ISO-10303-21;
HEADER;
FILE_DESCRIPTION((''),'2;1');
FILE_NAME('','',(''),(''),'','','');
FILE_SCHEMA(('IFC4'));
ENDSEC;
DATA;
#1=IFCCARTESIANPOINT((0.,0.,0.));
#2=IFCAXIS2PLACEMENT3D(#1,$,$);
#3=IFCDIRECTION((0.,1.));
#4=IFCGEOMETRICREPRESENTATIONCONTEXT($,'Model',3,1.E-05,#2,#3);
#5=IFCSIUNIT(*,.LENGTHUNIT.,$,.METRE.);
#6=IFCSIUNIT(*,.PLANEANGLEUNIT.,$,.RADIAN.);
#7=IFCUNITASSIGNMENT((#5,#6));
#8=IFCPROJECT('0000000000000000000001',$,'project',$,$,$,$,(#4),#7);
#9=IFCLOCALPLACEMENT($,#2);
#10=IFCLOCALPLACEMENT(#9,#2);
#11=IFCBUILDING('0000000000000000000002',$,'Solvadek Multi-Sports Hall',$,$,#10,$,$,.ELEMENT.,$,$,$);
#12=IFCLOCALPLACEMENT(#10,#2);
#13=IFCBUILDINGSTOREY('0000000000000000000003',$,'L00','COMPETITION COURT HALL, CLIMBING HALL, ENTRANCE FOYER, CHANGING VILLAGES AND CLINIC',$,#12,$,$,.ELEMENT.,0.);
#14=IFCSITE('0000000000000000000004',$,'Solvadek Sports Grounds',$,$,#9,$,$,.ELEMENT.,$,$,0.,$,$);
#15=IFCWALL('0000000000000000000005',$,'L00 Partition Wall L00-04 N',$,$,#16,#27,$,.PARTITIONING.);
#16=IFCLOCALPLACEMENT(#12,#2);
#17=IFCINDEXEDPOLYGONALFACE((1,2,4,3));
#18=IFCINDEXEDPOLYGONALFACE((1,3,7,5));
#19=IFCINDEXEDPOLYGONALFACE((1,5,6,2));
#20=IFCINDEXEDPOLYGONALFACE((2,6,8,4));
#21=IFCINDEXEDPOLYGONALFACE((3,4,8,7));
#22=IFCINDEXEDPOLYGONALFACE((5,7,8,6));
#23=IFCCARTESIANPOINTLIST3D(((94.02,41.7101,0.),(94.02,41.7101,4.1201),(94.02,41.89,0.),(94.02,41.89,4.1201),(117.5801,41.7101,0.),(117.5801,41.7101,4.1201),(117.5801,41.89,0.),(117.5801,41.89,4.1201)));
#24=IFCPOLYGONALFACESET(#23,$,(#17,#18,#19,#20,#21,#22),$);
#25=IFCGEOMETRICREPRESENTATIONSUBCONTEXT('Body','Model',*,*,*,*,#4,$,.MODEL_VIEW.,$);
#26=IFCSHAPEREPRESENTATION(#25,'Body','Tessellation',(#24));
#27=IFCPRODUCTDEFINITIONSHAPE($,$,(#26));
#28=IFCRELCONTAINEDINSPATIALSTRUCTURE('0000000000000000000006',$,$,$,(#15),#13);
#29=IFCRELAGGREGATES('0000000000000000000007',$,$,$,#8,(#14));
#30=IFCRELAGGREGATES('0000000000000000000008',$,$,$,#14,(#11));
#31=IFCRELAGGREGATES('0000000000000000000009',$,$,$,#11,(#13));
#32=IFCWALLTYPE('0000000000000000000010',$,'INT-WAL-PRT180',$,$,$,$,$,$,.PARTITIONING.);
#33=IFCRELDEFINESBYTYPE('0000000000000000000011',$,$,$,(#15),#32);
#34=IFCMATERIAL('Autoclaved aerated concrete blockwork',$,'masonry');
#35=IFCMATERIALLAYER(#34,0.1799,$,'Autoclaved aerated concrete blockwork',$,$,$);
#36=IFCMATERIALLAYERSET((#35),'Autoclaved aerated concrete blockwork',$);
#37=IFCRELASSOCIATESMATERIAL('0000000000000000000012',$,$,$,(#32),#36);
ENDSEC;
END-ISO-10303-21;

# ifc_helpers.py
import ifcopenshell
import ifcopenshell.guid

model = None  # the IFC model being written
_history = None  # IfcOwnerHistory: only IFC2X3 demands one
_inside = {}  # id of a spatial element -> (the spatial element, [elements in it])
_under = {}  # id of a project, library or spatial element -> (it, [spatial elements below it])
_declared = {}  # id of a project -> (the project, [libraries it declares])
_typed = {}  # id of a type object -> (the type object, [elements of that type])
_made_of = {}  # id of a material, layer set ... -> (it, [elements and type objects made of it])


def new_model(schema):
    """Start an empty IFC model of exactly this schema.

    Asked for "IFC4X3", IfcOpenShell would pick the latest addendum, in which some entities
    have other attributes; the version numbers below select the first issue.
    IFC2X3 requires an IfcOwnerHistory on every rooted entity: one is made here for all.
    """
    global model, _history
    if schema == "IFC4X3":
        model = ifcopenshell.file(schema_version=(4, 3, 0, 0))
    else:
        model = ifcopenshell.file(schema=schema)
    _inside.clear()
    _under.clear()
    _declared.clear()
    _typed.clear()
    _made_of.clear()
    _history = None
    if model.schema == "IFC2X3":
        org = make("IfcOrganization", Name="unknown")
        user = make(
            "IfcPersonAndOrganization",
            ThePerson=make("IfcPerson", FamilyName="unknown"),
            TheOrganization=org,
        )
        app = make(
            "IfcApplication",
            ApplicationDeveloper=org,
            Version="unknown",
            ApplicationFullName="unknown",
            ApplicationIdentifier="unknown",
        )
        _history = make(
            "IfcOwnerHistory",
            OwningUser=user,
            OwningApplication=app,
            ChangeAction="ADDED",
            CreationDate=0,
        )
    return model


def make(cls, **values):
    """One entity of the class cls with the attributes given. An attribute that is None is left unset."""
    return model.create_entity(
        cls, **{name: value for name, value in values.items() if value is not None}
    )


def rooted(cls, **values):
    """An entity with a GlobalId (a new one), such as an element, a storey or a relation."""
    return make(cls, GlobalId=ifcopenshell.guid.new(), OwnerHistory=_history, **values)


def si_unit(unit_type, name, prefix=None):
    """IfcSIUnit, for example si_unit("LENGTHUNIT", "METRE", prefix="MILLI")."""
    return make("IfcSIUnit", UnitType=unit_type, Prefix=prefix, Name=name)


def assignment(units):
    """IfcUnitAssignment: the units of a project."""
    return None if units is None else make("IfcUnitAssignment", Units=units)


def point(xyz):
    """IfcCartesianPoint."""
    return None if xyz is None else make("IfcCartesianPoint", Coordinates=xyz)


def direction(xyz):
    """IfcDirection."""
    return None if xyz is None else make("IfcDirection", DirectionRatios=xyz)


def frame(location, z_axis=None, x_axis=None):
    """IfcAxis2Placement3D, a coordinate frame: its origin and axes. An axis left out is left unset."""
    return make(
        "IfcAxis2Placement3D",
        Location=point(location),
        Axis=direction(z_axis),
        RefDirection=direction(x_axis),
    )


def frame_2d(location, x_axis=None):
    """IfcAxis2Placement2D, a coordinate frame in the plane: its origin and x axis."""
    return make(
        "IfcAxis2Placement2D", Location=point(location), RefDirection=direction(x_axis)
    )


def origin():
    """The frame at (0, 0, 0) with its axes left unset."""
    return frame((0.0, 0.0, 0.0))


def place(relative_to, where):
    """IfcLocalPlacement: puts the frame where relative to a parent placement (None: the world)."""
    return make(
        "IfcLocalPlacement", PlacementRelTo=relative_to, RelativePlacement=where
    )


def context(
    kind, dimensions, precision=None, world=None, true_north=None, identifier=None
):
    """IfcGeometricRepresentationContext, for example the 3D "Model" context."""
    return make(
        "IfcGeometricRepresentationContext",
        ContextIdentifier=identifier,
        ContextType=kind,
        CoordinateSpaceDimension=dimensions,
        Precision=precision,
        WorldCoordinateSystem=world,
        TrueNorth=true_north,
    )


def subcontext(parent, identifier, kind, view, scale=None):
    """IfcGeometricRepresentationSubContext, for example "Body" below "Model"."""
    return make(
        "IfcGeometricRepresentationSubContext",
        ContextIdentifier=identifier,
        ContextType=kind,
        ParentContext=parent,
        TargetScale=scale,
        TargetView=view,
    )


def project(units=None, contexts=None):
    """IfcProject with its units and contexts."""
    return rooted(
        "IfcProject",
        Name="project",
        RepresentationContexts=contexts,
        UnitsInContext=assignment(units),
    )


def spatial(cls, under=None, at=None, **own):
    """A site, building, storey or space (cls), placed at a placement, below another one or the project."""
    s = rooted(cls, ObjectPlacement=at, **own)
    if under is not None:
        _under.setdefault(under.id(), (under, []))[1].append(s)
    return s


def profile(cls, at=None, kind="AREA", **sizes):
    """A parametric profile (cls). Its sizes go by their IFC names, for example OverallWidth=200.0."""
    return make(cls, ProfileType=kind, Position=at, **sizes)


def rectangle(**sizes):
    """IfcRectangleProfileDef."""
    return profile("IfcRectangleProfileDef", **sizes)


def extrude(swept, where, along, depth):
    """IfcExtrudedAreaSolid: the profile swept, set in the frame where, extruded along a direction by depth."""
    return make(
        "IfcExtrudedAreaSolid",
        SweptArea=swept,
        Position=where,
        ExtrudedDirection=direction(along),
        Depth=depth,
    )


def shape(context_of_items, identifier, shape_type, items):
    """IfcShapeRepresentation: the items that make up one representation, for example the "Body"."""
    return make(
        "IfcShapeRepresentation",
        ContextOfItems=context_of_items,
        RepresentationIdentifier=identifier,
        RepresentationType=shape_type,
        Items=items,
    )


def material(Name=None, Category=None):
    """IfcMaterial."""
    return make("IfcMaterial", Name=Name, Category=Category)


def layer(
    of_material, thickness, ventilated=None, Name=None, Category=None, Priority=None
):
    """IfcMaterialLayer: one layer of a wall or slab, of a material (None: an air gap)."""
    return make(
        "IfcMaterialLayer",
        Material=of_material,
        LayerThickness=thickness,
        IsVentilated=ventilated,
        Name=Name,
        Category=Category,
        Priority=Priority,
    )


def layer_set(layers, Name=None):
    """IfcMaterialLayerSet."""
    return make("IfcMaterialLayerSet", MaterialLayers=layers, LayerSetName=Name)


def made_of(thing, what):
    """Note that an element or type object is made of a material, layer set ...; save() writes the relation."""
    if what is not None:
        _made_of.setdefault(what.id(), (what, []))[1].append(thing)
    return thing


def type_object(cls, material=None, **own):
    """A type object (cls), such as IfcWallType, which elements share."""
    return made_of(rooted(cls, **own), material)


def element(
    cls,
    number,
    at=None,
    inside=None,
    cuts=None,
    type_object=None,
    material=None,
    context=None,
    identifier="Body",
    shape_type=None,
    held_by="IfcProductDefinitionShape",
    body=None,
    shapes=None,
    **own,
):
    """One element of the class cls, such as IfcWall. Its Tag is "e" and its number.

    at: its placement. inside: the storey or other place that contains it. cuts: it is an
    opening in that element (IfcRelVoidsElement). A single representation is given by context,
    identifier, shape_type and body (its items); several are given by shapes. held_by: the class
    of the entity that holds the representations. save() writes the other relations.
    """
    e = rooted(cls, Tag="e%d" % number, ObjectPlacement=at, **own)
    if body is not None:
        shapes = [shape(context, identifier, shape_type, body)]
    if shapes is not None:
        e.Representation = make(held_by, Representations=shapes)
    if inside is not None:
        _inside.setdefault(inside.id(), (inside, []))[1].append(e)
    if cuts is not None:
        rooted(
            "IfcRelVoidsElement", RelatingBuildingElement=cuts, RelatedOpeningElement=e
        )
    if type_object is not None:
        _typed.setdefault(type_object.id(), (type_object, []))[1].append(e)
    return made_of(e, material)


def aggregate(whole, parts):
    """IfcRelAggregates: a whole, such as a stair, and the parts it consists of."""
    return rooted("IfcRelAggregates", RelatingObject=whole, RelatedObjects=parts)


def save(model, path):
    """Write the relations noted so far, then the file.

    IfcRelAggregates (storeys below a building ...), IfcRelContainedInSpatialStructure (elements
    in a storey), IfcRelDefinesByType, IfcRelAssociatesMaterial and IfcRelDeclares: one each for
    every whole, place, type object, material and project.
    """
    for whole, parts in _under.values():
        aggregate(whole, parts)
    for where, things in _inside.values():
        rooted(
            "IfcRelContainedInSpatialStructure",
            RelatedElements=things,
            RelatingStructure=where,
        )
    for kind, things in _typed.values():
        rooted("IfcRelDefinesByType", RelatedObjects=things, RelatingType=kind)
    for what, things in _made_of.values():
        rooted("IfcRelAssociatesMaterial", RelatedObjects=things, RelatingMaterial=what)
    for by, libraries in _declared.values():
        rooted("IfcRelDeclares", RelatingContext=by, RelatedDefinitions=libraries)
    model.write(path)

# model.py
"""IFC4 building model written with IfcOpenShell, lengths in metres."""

from ifc_helpers import new_model, si_unit, direction, frame, frame_2d, origin, place, context, subcontext, project, spatial, rectangle, extrude, material, layer, layer_set, type_object, element, save


model = new_model("IFC4")

# Units and contexts
model_context = context("Model", 3, precision=1e-05, world=origin(), true_north=direction((0.0, 1.0)))
body_context = subcontext(model_context, "Body", "Model", "MODEL_VIEW")
ifc_project = project(units=[si_unit("LENGTHUNIT", "METRE"), si_unit("PLANEANGLEUNIT", "RADIAN")], contexts=[model_context])

# Site, building, storey
site_placement = place(None, origin())
site = spatial("IfcSite", under=ifc_project, at=site_placement, Name="Solvadek Sports Grounds", CompositionType="ELEMENT", RefElevation=0.0)
building_placement = place(site_placement, origin())
building = spatial("IfcBuilding", under=site, at=building_placement, Name="Solvadek Multi-Sports Hall", CompositionType="ELEMENT")
storey_placement = place(building_placement, origin())
storey = spatial("IfcBuildingStorey", under=building, at=storey_placement, Name="L00", Description="COMPETITION COURT HALL, CLIMBING HALL, ENTRANCE FOYER, CHANGING VILLAGES AND CLINIC", CompositionType="ELEMENT", Elevation=0.0)

# Shared definitions
ifc_material_1 = material(Name="Autoclaved aerated concrete blockwork", Category="masonry")
ifc_layer = layer(ifc_material_1, 0.1799, Name="Autoclaved aerated concrete blockwork")
ifc_layer_set = layer_set([ifc_layer], Name="Autoclaved aerated concrete blockwork")
wall_type = type_object("IfcWallType", Name="INT-WAL-PRT180", PredefinedType="PARTITIONING", material=ifc_layer_set)

# Wall
wall_1_placement = place(storey_placement, frame((94.02, 41.8, 0.0), z_axis=(0.0, 0.0, 1.0), x_axis=(1.0, 0.0, 0.0)))
element("IfcWall", 1, at=wall_1_placement, inside=storey, type_object=wall_type, Name="L00 Partition Wall L00-04 N", PredefinedType="PARTITIONING", context=body_context, shape_type="SweptSolid", body=[
    extrude(rectangle(XDim=23.5601, YDim=0.1799, at=frame_2d((11.78, 0.0))), origin(), (0.0, 0.0, 1.0), 4.1201),
])

save(model, "model.ifc")
